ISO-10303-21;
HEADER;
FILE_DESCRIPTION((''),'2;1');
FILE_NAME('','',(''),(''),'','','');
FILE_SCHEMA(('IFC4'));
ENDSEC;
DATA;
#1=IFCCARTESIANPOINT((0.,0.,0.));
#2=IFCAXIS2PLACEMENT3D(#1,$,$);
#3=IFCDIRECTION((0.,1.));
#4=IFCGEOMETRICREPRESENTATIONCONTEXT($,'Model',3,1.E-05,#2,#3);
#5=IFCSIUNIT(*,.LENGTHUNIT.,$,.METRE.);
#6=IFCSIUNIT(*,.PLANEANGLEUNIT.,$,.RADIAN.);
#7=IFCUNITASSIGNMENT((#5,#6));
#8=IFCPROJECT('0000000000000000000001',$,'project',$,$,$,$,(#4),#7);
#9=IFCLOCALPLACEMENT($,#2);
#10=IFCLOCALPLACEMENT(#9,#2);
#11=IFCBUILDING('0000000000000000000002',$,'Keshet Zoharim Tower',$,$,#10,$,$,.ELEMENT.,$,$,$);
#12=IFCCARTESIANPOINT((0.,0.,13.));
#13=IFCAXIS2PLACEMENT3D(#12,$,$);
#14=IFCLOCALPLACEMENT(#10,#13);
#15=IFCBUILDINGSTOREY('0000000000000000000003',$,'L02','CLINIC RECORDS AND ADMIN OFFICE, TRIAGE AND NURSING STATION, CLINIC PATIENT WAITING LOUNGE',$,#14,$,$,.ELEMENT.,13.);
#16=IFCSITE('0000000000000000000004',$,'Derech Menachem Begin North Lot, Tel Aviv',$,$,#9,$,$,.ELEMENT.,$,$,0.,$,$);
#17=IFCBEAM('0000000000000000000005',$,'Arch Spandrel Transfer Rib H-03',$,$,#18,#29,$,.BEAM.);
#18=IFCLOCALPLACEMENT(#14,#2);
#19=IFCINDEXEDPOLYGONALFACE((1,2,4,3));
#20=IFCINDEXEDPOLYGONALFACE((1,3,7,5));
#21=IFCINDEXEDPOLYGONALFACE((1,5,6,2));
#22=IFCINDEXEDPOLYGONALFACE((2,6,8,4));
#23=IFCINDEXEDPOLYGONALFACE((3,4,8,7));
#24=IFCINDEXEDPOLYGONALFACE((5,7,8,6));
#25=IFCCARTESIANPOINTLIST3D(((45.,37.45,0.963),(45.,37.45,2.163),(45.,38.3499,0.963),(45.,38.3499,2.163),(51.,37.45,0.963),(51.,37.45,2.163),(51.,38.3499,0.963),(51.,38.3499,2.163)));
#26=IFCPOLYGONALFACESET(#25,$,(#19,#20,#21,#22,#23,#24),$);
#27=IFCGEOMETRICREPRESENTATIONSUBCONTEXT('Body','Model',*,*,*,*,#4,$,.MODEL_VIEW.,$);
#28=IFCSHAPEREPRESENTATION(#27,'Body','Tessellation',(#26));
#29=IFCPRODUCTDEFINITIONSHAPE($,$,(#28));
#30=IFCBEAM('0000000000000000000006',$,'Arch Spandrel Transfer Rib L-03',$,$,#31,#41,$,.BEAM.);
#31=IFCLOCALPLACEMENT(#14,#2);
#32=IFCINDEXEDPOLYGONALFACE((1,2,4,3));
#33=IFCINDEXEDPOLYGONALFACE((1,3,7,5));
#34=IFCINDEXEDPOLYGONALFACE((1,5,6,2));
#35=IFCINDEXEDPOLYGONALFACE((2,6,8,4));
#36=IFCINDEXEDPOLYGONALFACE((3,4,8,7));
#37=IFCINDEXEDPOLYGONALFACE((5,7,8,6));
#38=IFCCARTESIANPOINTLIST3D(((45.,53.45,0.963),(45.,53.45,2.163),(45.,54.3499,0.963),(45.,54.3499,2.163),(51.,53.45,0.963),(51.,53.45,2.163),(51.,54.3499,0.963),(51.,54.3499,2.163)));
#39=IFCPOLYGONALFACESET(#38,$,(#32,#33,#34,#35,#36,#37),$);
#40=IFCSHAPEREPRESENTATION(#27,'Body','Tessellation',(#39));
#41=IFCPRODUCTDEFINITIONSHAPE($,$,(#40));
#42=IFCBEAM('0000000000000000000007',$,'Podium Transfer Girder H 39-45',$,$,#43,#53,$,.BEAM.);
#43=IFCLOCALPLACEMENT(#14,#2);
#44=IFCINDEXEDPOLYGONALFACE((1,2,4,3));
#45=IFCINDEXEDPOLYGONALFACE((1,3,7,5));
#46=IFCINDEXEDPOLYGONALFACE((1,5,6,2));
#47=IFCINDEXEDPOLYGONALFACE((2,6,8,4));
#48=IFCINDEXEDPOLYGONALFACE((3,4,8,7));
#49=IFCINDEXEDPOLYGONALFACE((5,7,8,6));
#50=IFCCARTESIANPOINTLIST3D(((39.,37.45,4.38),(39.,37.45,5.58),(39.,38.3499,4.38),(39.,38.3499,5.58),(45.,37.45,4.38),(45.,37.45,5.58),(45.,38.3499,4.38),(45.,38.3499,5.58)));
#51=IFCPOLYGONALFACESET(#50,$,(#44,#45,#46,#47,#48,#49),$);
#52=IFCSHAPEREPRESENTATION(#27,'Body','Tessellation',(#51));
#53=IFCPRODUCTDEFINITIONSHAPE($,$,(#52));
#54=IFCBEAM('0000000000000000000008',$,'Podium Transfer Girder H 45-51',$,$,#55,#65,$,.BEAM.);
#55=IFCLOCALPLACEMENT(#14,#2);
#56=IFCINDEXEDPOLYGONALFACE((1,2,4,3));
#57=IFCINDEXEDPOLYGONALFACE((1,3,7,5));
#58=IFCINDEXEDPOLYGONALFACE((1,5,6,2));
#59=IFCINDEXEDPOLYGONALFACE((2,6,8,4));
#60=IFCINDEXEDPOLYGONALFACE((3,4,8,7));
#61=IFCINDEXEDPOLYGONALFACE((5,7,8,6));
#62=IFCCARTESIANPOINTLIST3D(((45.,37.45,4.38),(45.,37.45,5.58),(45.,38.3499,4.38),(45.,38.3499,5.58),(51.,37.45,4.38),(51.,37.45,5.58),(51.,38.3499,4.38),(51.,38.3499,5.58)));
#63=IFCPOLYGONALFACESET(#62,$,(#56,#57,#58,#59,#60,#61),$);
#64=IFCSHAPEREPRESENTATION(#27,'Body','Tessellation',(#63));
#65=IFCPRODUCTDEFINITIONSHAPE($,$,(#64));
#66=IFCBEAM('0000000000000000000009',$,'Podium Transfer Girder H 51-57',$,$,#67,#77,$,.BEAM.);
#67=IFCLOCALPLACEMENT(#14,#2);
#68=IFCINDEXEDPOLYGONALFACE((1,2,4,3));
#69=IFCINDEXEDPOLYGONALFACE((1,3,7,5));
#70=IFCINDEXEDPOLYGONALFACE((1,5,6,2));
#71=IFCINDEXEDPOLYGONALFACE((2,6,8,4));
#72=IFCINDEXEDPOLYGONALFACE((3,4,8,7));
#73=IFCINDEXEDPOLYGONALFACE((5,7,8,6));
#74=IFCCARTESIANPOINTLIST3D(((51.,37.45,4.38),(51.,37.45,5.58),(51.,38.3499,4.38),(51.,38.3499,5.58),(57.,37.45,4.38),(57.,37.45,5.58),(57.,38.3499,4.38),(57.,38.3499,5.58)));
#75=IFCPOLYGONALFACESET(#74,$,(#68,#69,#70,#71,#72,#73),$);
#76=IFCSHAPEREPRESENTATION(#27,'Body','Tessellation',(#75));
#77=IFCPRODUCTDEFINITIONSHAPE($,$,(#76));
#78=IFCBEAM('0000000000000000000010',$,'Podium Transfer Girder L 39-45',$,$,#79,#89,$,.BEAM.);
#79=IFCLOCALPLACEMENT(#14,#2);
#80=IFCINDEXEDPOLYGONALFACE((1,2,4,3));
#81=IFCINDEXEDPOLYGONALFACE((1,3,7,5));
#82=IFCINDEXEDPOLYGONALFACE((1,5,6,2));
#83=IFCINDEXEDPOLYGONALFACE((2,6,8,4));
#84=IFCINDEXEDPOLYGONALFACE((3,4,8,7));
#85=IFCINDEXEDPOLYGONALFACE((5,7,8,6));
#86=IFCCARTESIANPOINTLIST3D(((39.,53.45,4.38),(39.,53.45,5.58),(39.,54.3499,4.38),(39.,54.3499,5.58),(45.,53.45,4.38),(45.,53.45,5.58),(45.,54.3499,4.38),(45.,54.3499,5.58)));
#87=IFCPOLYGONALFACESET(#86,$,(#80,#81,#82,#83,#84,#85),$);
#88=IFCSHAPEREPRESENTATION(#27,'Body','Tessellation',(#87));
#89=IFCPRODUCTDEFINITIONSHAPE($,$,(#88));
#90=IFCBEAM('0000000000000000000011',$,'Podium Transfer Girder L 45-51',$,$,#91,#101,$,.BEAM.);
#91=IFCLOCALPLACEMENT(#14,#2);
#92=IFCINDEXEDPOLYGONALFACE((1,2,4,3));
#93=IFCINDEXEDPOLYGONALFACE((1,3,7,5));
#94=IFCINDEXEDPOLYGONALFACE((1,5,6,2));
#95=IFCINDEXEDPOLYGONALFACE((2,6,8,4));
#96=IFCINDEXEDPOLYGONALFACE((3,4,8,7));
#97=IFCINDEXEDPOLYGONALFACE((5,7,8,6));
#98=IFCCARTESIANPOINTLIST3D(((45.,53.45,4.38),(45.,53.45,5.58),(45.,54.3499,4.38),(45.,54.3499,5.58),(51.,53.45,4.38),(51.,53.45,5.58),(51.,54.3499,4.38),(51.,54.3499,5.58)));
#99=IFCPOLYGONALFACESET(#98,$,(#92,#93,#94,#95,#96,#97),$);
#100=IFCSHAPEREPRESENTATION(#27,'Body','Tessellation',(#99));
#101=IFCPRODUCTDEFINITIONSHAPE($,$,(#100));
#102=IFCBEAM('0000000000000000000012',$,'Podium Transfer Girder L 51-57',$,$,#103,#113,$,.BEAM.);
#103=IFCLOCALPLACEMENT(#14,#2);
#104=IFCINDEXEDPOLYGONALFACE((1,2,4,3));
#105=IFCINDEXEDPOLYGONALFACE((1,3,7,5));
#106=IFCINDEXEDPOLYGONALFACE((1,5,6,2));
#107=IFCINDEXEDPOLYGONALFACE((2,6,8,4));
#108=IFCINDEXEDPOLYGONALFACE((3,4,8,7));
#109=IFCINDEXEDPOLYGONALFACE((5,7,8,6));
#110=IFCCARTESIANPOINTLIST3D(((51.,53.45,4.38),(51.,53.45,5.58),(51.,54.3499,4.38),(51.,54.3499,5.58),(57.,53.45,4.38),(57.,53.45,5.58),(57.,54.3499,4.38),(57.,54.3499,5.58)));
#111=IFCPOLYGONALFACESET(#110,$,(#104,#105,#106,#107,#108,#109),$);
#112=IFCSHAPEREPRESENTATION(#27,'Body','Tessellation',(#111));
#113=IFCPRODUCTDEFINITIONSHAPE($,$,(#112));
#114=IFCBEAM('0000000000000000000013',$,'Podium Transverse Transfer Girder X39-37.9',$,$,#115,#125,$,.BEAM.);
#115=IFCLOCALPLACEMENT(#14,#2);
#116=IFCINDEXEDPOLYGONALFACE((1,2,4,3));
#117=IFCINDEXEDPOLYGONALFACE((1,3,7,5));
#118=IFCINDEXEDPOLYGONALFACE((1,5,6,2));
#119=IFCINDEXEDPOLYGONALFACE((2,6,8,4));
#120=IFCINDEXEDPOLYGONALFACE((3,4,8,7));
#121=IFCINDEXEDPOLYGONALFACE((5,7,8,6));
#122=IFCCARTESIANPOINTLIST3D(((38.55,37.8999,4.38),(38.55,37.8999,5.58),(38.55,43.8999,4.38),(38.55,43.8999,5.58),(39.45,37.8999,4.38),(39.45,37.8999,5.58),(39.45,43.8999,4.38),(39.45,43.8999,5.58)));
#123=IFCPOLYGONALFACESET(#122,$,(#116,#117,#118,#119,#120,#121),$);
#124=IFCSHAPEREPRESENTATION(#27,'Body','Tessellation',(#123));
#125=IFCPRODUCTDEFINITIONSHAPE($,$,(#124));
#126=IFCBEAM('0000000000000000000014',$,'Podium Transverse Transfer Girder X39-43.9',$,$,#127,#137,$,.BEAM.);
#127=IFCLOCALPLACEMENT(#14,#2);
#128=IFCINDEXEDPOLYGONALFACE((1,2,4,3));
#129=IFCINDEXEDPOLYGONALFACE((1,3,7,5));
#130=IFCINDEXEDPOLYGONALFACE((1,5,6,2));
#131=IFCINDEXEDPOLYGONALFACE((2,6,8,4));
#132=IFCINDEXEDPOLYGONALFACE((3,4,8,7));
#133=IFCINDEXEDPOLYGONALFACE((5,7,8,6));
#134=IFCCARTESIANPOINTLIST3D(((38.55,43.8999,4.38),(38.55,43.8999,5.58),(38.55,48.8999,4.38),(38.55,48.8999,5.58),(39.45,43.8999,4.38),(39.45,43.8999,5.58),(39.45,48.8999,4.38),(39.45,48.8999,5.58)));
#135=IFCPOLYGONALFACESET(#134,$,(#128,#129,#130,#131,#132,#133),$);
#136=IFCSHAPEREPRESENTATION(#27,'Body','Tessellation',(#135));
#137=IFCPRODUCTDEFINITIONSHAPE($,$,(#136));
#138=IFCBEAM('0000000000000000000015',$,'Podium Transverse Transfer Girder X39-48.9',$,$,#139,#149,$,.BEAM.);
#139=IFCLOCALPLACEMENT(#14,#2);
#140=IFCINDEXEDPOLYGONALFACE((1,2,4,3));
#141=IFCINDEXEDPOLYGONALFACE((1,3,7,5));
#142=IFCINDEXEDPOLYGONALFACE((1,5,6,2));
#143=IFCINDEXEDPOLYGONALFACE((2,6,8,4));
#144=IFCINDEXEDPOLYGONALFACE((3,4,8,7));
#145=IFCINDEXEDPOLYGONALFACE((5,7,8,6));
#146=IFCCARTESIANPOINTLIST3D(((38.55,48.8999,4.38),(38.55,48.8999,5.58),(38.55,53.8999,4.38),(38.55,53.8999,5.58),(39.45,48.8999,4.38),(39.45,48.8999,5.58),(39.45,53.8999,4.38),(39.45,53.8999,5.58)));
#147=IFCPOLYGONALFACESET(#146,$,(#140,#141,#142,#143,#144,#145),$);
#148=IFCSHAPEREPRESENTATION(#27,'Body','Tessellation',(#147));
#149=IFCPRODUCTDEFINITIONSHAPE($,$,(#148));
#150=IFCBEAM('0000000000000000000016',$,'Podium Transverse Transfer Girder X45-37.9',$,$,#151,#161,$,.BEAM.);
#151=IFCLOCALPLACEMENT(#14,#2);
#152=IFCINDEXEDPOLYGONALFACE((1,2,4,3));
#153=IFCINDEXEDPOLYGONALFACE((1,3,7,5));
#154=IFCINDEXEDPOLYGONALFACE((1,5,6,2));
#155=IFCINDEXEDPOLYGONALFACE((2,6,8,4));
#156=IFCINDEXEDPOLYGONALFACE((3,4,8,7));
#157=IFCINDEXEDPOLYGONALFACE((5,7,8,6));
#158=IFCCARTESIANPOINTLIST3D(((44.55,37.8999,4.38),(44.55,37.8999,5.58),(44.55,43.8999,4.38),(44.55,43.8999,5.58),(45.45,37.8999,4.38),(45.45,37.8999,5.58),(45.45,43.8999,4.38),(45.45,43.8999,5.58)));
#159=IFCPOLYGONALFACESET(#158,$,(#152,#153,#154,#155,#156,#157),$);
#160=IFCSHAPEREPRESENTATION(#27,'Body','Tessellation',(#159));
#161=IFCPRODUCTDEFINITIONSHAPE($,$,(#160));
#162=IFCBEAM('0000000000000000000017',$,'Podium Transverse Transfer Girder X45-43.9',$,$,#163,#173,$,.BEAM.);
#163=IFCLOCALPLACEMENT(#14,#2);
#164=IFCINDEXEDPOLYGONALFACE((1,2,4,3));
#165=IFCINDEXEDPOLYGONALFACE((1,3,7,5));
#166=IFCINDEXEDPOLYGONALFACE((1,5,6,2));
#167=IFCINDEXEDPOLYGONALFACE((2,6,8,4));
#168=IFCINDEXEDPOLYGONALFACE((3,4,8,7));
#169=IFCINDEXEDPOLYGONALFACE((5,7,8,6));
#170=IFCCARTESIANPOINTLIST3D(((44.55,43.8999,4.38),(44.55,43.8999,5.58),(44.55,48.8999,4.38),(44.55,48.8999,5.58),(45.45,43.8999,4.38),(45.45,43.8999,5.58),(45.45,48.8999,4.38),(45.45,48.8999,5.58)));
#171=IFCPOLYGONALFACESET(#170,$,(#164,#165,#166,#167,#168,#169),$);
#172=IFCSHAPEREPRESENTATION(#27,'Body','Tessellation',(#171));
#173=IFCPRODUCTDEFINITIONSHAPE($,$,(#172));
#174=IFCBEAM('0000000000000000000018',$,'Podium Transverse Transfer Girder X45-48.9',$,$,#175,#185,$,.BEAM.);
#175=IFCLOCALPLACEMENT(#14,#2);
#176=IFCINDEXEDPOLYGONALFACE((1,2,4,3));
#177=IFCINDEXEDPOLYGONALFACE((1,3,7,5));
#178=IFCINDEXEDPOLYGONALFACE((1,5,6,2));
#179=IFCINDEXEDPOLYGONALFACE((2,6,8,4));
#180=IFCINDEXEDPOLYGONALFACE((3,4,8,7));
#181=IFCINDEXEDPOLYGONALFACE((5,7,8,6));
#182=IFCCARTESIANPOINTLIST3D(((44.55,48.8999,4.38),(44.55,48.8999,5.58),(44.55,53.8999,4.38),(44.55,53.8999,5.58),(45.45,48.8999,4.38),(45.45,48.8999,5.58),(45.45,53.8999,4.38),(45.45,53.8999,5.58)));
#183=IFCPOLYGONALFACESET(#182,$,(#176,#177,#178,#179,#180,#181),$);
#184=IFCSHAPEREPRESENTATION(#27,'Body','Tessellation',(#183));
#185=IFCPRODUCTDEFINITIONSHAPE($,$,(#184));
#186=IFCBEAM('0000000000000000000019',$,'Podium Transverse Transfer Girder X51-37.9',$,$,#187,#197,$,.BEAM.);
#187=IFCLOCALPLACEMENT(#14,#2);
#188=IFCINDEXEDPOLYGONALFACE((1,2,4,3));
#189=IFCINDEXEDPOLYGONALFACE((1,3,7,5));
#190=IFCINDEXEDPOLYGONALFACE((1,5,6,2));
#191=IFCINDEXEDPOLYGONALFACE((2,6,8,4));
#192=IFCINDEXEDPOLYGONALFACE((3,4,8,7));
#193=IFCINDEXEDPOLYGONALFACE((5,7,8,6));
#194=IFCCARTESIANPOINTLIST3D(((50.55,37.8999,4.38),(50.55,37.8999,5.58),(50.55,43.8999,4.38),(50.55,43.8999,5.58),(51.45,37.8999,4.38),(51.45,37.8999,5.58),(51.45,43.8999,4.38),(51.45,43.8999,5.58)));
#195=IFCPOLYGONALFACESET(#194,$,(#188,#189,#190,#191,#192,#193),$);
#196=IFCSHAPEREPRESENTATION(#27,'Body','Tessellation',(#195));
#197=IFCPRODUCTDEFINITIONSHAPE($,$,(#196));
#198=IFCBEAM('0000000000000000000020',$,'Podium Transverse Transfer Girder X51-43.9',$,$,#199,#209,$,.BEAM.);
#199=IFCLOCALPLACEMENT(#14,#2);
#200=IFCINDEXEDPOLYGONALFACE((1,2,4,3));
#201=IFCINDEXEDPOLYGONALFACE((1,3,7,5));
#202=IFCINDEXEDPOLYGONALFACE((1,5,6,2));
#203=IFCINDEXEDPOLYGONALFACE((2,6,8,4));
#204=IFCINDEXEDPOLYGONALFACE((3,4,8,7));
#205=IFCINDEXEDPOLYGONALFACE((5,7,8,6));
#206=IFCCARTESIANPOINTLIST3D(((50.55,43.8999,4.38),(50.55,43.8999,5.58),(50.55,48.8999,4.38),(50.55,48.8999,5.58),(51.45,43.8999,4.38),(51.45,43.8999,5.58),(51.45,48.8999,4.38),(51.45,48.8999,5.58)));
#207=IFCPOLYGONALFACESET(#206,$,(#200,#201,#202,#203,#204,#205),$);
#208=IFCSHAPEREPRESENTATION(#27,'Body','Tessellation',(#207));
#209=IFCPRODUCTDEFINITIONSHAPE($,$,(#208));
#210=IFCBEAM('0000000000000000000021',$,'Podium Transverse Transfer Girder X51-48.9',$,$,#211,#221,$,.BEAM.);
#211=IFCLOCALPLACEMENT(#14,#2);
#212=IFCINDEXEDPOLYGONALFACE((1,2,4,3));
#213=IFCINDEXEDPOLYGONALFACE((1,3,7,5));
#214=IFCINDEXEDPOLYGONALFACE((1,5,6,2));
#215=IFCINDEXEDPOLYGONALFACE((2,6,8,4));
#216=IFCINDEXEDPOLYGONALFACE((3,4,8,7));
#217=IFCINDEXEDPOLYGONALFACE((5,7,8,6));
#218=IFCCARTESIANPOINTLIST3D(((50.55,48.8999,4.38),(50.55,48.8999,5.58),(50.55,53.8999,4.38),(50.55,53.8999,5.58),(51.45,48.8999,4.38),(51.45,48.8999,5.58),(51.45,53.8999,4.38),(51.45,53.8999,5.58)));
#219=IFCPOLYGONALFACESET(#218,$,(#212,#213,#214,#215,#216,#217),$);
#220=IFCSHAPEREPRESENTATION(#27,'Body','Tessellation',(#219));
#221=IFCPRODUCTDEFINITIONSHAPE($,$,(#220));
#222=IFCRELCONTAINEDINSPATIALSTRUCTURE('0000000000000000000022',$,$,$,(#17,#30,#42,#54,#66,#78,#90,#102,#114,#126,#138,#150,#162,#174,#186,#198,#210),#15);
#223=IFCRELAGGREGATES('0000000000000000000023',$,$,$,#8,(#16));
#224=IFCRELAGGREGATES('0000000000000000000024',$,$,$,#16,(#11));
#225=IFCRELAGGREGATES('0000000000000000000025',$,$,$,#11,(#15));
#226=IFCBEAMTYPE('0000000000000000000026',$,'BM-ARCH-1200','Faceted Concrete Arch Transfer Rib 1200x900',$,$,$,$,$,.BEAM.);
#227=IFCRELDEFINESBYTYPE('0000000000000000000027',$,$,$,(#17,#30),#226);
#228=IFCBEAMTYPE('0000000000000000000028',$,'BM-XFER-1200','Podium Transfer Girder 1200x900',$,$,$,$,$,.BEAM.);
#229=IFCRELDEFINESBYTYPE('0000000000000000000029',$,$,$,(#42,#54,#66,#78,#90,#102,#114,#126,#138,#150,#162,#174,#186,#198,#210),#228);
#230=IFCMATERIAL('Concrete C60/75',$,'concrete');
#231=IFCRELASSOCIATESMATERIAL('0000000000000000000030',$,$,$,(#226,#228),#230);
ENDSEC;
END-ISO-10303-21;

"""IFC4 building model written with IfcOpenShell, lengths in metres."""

from ifc_helpers import new_model, si_unit, direction, frame, origin, origin_2d, place, context, subcontext, project, spatial, rectangle, extrude, material, material_profile, profile_set, type_object, element, save


model = new_model("IFC4")

# Units and contexts
model_context = context("Model", 3, precision=1e-05, world=origin(), true_north=direction((0.0, 1.0)))
body_context = subcontext(model_context, "Body", "Model", "MODEL_VIEW")
ifc_project = project(units=[si_unit("LENGTHUNIT", "METRE"), si_unit("PLANEANGLEUNIT", "RADIAN")], contexts=[model_context])

# Site, building, storey
site_placement = place(None, origin())
site = spatial("IfcSite", under=ifc_project, at=site_placement, Name="Derech Menachem Begin North Lot, Tel Aviv", CompositionType="ELEMENT", RefElevation=0.0)
building_placement = place(site_placement, origin())
building = spatial("IfcBuilding", under=site, at=building_placement, Name="Keshet Zoharim Tower", CompositionType="ELEMENT")
storey_placement = place(building_placement, frame((0.0, 0.0, 13.0)))
storey = spatial("IfcBuildingStorey", under=building, at=storey_placement, Name="L02", Description="CLINIC RECORDS AND ADMIN OFFICE, TRIAGE AND NURSING STATION, CLINIC PATIENT WAITING LOUNGE", CompositionType="ELEMENT", Elevation=13.0)

# Beams
ifc_material_1 = material(Name="Concrete C60/75", Category="concrete")
ifc_material_profile_1 = material_profile(ifc_material_1, rectangle(XDim=0.8999, YDim=1.2, at=origin_2d()), Name="RC1200x900")
ifc_profile_set_1 = profile_set([ifc_material_profile_1], Name="Concrete C60/75")
beam_type_1 = type_object("IfcBeamType", Name="BM-ARCH-1200", Description="Faceted Concrete Arch Transfer Rib 1200x900", PredefinedType="BEAM", material=ifc_profile_set_1)
for number, where, z_axis, x_axis, name in (
    (1, (45.0, 37.8999, 1.563), (1.0, 0.0, 0.0), (0.0, 1.0, 0.0), "Arch Spandrel Transfer Rib H-03"),
    (2, (45.0, 53.8999, 1.563), (1.0, 0.0, 0.0), (0.0, 1.0, 0.0), "Arch Spandrel Transfer Rib L-03"),
):
    element("IfcBeam", number, at=place(storey_placement, frame(where, z_axis=z_axis, x_axis=x_axis)), inside=storey, type_object=beam_type_1, Name=name, PredefinedType="BEAM", context=body_context, shape_type="SweptSolid", body=[
        extrude(rectangle(XDim=0.8999, YDim=1.2, at=origin_2d()), origin(), (0.0, 0.0, 1.0), 6.0),
    ])
ifc_material_profile_2 = material_profile(ifc_material_1, rectangle(XDim=0.8999, YDim=1.2, at=origin_2d()), Name="RC1200x900")
ifc_profile_set_2 = profile_set([ifc_material_profile_2], Name="Concrete C60/75")
beam_type_2 = type_object("IfcBeamType", Name="BM-XFER-1200", Description="Podium Transfer Girder 1200x900", PredefinedType="BEAM", material=ifc_profile_set_2)
for number, where, z_axis, x_axis, name in (
    (3, (39.0, 37.8999, 4.98), (1.0, 0.0, 0.0), (0.0, 1.0, 0.0), "Podium Transfer Girder H 39-45"),
    (4, (45.0, 37.8999, 4.98), (1.0, 0.0, 0.0), (0.0, 1.0, 0.0), "Podium Transfer Girder H 45-51"),
    (5, (51.0, 37.8999, 4.98), (1.0, 0.0, 0.0), (0.0, 1.0, 0.0), "Podium Transfer Girder H 51-57"),
    (6, (39.0, 53.8999, 4.98), (1.0, 0.0, 0.0), (0.0, 1.0, 0.0), "Podium Transfer Girder L 39-45"),
    (7, (45.0, 53.8999, 4.98), (1.0, 0.0, 0.0), (0.0, 1.0, 0.0), "Podium Transfer Girder L 45-51"),
    (8, (51.0, 53.8999, 4.98), (1.0, 0.0, 0.0), (0.0, 1.0, 0.0), "Podium Transfer Girder L 51-57"),
    (9, (39.0, 37.8999, 4.98), (0.0, 1.0, 0.0), (-1.0, 0.0, 0.0), "Podium Transverse Transfer Girder X39-37.9"),
):
    element("IfcBeam", number, at=place(storey_placement, frame(where, z_axis=z_axis, x_axis=x_axis)), inside=storey, type_object=beam_type_2, Name=name, PredefinedType="BEAM", context=body_context, shape_type="SweptSolid", body=[
        extrude(rectangle(XDim=0.8999, YDim=1.2, at=origin_2d()), origin(), (0.0, 0.0, 1.0), 6.0),
    ])
for number, where, z_axis, x_axis, name in (
    (10, (39.0, 43.8999, 4.98), (0.0, 1.0, 0.0), (-1.0, 0.0, 0.0), "Podium Transverse Transfer Girder X39-43.9"),
    (11, (39.0, 48.8999, 4.98), (0.0, 1.0, 0.0), (-1.0, 0.0, 0.0), "Podium Transverse Transfer Girder X39-48.9"),
):
    element("IfcBeam", number, at=place(storey_placement, frame(where, z_axis=z_axis, x_axis=x_axis)), inside=storey, type_object=beam_type_2, Name=name, PredefinedType="BEAM", context=body_context, shape_type="SweptSolid", body=[
        extrude(rectangle(XDim=0.8999, YDim=1.2, at=origin_2d()), origin(), (0.0, 0.0, 1.0), 5.0),
    ])
beam_1_placement = place(storey_placement, frame((45.0, 37.8999, 4.98), z_axis=(0.0, 1.0, 0.0), x_axis=(-1.0, 0.0, 0.0)))
element("IfcBeam", 12, at=beam_1_placement, inside=storey, type_object=beam_type_2, Name="Podium Transverse Transfer Girder X45-37.9", PredefinedType="BEAM", context=body_context, shape_type="SweptSolid", body=[
    extrude(rectangle(XDim=0.8999, YDim=1.2, at=origin_2d()), origin(), (0.0, 0.0, 1.0), 6.0),
])
for number, where, z_axis, x_axis, name in (
    (13, (45.0, 43.8999, 4.98), (0.0, 1.0, 0.0), (-1.0, 0.0, 0.0), "Podium Transverse Transfer Girder X45-43.9"),
    (14, (45.0, 48.8999, 4.98), (0.0, 1.0, 0.0), (-1.0, 0.0, 0.0), "Podium Transverse Transfer Girder X45-48.9"),
):
    element("IfcBeam", number, at=place(storey_placement, frame(where, z_axis=z_axis, x_axis=x_axis)), inside=storey, type_object=beam_type_2, Name=name, PredefinedType="BEAM", context=body_context, shape_type="SweptSolid", body=[
        extrude(rectangle(XDim=0.8999, YDim=1.2, at=origin_2d()), origin(), (0.0, 0.0, 1.0), 5.0),
    ])
beam_2_placement = place(storey_placement, frame((51.0, 37.8999, 4.98), z_axis=(0.0, 1.0, 0.0), x_axis=(-1.0, 0.0, 0.0)))
element("IfcBeam", 15, at=beam_2_placement, inside=storey, type_object=beam_type_2, Name="Podium Transverse Transfer Girder X51-37.9", PredefinedType="BEAM", context=body_context, shape_type="SweptSolid", body=[
    extrude(rectangle(XDim=0.8999, YDim=1.2, at=origin_2d()), origin(), (0.0, 0.0, 1.0), 6.0),
])
for number, where, z_axis, x_axis, name in (
    (16, (51.0, 43.8999, 4.98), (0.0, 1.0, 0.0), (-1.0, 0.0, 0.0), "Podium Transverse Transfer Girder X51-43.9"),
    (17, (51.0, 48.8999, 4.98), (0.0, 1.0, 0.0), (-1.0, 0.0, 0.0), "Podium Transverse Transfer Girder X51-48.9"),
):
    element("IfcBeam", number, at=place(storey_placement, frame(where, z_axis=z_axis, x_axis=x_axis)), inside=storey, type_object=beam_type_2, Name=name, PredefinedType="BEAM", context=body_context, shape_type="SweptSolid", body=[
        extrude(rectangle(XDim=0.8999, YDim=1.2, at=origin_2d()), origin(), (0.0, 0.0, 1.0), 5.0),
    ])

save(model, "model.ifc")
